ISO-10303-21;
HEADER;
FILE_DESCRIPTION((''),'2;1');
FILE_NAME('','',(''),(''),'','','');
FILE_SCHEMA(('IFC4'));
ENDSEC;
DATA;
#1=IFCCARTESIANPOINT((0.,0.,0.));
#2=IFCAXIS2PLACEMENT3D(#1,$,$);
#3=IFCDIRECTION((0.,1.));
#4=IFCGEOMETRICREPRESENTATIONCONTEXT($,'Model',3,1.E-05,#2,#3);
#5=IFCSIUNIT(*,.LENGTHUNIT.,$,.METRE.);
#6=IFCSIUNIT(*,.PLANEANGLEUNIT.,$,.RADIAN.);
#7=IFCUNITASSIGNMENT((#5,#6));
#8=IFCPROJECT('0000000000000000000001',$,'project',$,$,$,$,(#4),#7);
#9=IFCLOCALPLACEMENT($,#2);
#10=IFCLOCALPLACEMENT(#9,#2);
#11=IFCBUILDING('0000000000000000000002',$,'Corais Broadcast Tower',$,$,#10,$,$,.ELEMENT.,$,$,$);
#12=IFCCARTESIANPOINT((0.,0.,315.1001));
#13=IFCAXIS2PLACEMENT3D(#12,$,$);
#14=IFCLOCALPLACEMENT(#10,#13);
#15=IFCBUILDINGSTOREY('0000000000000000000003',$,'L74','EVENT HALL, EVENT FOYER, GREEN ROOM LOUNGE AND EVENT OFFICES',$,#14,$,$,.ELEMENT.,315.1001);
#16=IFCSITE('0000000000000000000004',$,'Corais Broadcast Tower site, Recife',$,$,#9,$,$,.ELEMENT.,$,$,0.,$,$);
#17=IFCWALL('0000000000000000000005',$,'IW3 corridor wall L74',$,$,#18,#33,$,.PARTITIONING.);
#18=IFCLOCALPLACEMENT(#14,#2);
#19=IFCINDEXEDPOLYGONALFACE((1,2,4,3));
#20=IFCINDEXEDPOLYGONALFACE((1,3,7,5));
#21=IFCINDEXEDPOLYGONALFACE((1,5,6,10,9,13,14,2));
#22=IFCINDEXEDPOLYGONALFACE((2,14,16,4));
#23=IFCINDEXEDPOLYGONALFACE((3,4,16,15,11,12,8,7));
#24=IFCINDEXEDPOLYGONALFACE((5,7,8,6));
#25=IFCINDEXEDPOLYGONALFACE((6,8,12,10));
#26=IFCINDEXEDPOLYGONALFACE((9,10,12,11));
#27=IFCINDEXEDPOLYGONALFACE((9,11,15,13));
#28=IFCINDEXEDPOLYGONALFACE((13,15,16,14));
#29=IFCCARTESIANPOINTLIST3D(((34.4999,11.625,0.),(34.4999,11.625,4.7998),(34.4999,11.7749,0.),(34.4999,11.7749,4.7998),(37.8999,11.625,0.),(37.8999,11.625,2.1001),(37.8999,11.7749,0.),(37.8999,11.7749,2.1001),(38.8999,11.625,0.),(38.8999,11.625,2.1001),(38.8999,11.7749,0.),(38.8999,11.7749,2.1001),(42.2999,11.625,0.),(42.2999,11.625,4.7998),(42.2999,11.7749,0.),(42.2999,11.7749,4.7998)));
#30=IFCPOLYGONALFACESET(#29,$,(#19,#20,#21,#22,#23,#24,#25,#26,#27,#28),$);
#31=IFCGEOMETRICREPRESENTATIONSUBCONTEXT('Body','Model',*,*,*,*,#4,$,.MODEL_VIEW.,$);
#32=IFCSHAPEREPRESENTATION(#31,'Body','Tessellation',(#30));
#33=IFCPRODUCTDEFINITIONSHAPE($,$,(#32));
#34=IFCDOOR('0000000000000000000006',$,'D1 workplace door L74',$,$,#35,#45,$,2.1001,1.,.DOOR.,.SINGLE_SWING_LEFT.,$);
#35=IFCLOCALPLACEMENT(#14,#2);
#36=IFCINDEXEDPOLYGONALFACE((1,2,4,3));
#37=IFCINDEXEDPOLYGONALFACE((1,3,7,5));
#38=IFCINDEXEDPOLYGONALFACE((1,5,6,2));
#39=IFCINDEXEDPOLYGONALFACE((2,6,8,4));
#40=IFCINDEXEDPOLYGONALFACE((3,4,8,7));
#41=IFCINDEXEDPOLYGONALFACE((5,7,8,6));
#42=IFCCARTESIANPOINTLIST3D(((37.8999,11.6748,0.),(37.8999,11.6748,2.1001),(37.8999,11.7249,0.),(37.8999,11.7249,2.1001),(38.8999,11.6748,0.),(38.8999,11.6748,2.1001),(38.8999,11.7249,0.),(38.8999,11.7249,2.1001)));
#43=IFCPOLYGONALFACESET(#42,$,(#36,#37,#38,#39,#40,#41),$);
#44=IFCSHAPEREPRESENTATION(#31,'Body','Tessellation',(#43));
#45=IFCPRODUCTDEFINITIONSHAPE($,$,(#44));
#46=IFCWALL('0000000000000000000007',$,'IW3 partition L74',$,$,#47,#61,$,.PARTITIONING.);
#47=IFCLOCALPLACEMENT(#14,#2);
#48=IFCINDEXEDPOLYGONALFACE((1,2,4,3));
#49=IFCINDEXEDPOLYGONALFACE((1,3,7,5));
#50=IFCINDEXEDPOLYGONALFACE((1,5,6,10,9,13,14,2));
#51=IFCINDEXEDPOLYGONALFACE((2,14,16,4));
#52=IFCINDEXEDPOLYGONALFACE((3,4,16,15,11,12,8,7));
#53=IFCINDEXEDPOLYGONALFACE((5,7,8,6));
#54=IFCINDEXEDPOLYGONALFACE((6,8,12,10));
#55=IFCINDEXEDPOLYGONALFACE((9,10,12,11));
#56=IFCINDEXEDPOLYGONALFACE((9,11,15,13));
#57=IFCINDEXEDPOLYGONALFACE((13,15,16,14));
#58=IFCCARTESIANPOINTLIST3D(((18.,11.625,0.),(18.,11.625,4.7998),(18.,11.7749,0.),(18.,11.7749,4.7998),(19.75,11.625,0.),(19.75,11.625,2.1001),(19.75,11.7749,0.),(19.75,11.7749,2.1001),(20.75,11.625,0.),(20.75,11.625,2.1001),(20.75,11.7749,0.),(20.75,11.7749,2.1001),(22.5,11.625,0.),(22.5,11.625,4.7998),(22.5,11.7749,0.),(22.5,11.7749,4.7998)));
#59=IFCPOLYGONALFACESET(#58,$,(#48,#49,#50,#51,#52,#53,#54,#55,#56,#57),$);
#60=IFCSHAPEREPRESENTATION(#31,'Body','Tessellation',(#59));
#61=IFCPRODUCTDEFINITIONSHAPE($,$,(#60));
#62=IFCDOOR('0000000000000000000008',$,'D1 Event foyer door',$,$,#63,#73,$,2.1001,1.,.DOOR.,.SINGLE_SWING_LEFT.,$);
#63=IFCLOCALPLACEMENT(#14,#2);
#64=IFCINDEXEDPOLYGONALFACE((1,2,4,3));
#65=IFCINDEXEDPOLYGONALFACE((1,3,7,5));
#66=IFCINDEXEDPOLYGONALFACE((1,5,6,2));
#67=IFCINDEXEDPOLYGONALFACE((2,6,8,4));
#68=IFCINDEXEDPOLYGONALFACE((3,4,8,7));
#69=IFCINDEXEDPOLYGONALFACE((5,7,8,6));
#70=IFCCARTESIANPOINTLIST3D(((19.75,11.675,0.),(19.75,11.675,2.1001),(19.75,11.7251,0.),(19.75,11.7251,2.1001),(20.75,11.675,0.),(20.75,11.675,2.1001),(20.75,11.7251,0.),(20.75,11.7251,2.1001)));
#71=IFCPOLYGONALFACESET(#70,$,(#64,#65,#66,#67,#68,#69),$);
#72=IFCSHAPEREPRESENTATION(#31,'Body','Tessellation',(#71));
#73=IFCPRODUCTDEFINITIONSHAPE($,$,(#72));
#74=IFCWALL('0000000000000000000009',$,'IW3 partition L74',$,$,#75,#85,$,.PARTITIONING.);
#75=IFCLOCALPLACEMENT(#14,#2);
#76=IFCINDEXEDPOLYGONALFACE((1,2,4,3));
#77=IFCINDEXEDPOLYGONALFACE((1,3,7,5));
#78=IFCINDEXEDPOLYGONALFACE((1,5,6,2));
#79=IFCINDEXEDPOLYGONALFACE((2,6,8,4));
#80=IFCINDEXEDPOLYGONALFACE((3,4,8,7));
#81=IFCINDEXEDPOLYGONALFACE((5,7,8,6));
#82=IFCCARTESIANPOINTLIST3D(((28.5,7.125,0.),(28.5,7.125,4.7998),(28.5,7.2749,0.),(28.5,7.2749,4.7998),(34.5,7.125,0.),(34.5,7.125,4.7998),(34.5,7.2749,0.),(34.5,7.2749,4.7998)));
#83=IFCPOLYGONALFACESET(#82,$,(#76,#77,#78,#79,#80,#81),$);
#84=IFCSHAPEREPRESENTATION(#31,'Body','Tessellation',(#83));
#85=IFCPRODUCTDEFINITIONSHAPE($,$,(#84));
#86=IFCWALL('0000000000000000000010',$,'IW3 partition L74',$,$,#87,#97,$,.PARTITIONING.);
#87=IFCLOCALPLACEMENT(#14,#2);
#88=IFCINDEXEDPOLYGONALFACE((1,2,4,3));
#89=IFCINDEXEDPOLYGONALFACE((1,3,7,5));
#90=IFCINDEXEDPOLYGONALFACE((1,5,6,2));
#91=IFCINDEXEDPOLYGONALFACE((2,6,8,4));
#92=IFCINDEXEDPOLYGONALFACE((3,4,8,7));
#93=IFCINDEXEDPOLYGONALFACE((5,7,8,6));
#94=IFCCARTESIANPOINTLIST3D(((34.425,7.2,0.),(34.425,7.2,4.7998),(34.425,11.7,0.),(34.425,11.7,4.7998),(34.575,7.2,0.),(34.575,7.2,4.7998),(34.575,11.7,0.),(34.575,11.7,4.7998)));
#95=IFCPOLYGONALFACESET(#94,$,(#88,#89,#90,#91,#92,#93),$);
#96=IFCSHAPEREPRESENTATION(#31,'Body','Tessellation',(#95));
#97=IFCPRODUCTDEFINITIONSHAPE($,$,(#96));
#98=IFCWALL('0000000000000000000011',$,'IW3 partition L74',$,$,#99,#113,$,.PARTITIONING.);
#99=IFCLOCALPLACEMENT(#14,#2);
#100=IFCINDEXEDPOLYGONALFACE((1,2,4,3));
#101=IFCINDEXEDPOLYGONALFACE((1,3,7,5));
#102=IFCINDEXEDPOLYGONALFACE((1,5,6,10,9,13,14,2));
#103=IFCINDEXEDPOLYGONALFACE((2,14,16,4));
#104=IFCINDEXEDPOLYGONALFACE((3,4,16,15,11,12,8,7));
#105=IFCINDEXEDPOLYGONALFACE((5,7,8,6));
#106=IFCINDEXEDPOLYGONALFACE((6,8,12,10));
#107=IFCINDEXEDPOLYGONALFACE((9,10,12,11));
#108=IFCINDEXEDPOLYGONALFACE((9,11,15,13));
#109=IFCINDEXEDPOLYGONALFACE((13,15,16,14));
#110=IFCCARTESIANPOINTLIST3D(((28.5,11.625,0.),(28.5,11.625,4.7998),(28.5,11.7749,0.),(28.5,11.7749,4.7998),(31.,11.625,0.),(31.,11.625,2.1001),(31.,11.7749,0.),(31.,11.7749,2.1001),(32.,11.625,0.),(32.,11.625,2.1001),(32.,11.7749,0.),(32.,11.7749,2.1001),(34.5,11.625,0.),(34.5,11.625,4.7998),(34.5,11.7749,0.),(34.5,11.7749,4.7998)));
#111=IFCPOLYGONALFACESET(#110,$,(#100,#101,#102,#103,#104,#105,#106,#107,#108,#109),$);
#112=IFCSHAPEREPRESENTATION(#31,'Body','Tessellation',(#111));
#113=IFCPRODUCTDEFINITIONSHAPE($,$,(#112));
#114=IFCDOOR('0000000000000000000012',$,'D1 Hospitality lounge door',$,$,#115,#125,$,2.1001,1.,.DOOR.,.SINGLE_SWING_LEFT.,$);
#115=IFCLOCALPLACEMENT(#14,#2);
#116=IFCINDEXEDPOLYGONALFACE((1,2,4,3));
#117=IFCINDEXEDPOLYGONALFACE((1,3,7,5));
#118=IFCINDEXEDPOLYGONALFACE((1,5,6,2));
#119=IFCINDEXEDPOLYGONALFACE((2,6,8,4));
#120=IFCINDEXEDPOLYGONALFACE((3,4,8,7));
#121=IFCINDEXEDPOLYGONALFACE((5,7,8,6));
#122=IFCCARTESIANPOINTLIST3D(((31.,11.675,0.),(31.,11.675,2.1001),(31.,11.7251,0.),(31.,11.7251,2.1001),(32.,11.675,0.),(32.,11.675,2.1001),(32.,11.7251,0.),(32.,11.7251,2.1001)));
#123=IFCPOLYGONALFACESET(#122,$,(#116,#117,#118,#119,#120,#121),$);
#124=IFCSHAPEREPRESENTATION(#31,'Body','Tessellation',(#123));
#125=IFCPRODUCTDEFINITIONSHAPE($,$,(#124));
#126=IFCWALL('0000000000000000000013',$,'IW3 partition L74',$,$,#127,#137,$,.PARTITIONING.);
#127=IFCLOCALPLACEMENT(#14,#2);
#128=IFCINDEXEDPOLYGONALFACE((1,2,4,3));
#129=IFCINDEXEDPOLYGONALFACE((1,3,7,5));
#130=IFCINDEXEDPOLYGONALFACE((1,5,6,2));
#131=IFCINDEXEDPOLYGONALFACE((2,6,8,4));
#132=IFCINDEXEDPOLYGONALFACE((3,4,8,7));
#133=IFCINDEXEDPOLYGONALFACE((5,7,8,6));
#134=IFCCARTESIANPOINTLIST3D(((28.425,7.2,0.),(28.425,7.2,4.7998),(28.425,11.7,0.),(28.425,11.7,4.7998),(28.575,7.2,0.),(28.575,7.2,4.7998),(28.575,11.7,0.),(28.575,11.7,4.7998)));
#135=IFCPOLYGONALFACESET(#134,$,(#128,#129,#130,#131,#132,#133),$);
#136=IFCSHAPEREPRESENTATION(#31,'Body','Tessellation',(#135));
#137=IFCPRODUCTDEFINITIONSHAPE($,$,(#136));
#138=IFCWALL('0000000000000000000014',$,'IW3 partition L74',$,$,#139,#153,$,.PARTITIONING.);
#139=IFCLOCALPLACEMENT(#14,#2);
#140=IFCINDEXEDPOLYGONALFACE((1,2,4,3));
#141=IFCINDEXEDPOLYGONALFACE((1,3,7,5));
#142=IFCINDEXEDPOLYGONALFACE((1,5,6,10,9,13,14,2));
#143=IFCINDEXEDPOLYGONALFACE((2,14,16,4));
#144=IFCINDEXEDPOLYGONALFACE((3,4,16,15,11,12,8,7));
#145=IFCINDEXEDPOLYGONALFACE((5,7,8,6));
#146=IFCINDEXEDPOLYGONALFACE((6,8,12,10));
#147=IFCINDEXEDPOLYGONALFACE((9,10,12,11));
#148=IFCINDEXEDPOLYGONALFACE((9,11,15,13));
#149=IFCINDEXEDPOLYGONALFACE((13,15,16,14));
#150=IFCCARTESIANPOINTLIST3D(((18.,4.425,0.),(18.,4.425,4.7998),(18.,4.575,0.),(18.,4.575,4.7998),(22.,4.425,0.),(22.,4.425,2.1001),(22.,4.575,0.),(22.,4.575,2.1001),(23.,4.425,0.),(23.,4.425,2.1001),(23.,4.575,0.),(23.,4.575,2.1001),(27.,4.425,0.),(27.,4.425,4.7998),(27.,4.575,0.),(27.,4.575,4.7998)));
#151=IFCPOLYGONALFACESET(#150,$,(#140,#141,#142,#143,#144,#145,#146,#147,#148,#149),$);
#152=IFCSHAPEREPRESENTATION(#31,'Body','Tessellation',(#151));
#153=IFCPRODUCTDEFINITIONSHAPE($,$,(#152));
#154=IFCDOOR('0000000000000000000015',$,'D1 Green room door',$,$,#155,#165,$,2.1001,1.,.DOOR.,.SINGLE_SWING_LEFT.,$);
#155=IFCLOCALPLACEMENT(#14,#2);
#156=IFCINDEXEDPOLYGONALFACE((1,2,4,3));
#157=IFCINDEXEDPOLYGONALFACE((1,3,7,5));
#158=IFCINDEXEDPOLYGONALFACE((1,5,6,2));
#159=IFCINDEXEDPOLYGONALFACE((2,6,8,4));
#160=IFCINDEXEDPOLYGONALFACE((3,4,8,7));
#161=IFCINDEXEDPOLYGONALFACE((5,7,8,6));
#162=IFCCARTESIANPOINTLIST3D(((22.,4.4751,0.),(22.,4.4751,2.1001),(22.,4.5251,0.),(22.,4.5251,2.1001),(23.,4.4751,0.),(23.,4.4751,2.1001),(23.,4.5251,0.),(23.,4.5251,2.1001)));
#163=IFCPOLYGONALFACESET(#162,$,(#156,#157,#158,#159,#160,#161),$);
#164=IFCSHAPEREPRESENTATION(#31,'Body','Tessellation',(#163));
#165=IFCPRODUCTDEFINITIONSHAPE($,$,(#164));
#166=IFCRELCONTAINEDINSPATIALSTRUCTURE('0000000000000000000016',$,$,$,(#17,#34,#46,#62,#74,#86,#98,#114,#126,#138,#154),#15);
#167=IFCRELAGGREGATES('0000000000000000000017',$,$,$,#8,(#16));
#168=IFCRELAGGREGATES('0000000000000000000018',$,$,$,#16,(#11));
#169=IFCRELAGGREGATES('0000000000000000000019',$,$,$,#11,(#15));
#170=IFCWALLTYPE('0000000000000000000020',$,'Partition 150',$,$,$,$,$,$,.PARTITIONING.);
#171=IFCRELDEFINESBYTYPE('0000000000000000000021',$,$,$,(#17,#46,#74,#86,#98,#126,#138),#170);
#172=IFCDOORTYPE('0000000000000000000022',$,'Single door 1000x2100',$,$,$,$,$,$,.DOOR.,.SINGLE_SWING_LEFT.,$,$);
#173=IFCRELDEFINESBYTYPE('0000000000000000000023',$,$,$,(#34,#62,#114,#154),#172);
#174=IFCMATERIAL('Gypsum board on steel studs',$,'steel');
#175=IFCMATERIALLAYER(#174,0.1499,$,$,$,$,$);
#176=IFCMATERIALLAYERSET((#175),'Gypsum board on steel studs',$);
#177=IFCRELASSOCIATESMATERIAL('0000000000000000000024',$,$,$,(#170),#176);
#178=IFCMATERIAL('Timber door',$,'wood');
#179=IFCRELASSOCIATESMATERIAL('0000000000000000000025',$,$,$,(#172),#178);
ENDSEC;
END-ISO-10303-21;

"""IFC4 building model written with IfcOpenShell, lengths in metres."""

from ifc_helpers import new_model, si_unit, direction, frame, frame_2d, origin, place, context, subcontext, project, spatial, rectangle, extrude, material, layer, layer_set, type_object, element, fill, save


model = new_model("IFC4")

# Units and contexts
model_context = context("Model", 3, precision=1e-05, world=origin(), true_north=direction((0.0, 1.0)))
body_context = subcontext(model_context, "Body", "Model", "MODEL_VIEW")
ifc_project = project(units=[si_unit("LENGTHUNIT", "METRE"), si_unit("PLANEANGLEUNIT", "RADIAN")], contexts=[model_context])

# Site, building, storey
site_placement = place(None, origin())
site = spatial("IfcSite", under=ifc_project, at=site_placement, Name="Corais Broadcast Tower site, Recife", CompositionType="ELEMENT", RefElevation=0.0)
building_placement = place(site_placement, origin())
building = spatial("IfcBuilding", under=site, at=building_placement, Name="Corais Broadcast Tower", CompositionType="ELEMENT")
storey_placement = place(building_placement, frame((0.0, 0.0, 315.1001)))
storey = spatial("IfcBuildingStorey", under=building, at=storey_placement, Name="L74", Description="EVENT HALL, EVENT FOYER, GREEN ROOM LOUNGE AND EVENT OFFICES", CompositionType="ELEMENT", Elevation=315.1001)

# Walls, openings, doors
ifc_material_1 = material(Name="Gypsum board on steel studs", Category="steel")
ifc_layer_1 = layer(ifc_material_1, 0.1499)
ifc_layer_set_1 = layer_set([ifc_layer_1], Name="Gypsum board on steel studs")
wall_type_1 = type_object("IfcWallType", Name="Partition 150", PredefinedType="PARTITIONING", material=ifc_layer_set_1)
wall_1_placement = place(storey_placement, frame((34.5, 11.7, 0.0), z_axis=(0.0, 0.0, 1.0), x_axis=(1.0, 0.0, 0.0)))
wall_1 = element("IfcWall", 1, at=wall_1_placement, inside=storey, type_object=wall_type_1, Name="IW3 corridor wall L74", PredefinedType="PARTITIONING", context=body_context, shape_type="SweptSolid", body=[
    extrude(rectangle(XDim=7.8, YDim=0.1499, at=frame_2d((3.8999, 0.0))), origin(), (0.0, 0.0, 1.0), 4.7998),
])
opening_1_placement = place(wall_1_placement, frame((3.3999, 0.0, 0.0)))
opening_1 = element("IfcOpeningElement", 2, at=opening_1_placement, cuts=wall_1, PredefinedType="OPENING", context=body_context, shape_type="SweptSolid", body=[
    extrude(rectangle(XDim=1.0, YDim=2.1001, at=frame_2d((0.5, 1.05))), frame((0.0, 0.085, 0.0), z_axis=(0.0, -1.0, 0.0), x_axis=(1.0, 0.0, 0.0)), (0.0, 0.0, 1.0), 0.1699),
])
ifc_material_2 = material(Name="Timber door", Category="wood")
door_type = type_object("IfcDoorType", Name="Single door 1000x2100", OperationType="SINGLE_SWING_LEFT", PredefinedType="DOOR", material=ifc_material_2)
door_1_placement = place(opening_1_placement, origin())
door_1 = element("IfcDoor", 3, at=door_1_placement, inside=storey, type_object=door_type, Name="D1 workplace door L74", OperationType="SINGLE_SWING_LEFT", OverallHeight=2.1001, OverallWidth=1.0, PredefinedType="DOOR", context=body_context, shape_type="SweptSolid", body=[
    extrude(rectangle(XDim=1.0, YDim=2.1001, at=frame_2d((0.5, 1.05))), frame((0.0, 0.0249, 0.0), z_axis=(0.0, -1.0, 0.0), x_axis=(1.0, 0.0, 0.0)), (0.0, 0.0, 1.0), 0.05),
])
fill(opening_1, door_1)
wall_2_placement = place(storey_placement, frame((22.5, 11.7, 0.0), z_axis=(0.0, 0.0, 1.0), x_axis=(-1.0, 0.0, 0.0)))
wall_2 = element("IfcWall", 4, at=wall_2_placement, inside=storey, type_object=wall_type_1, Name="IW3 partition L74", PredefinedType="PARTITIONING", context=body_context, shape_type="SweptSolid", body=[
    extrude(rectangle(XDim=4.5, YDim=0.1499, at=frame_2d((2.25, 0.0))), origin(), (0.0, 0.0, 1.0), 4.7998),
])
opening_2_placement = place(wall_2_placement, frame((1.75, 0.0, 0.0)))
opening_2 = element("IfcOpeningElement", 5, at=opening_2_placement, cuts=wall_2, PredefinedType="OPENING", context=body_context, shape_type="SweptSolid", body=[
    extrude(rectangle(XDim=1.0, YDim=2.1001, at=frame_2d((0.5, 1.05))), frame((0.0, 0.085, 0.0), z_axis=(0.0, -1.0, 0.0), x_axis=(1.0, 0.0, 0.0)), (0.0, 0.0, 1.0), 0.1699),
])
door_2_placement = place(opening_2_placement, origin())
door_2 = element("IfcDoor", 6, at=door_2_placement, inside=storey, type_object=door_type, Name="D1 Event foyer door", OperationType="SINGLE_SWING_LEFT", OverallHeight=2.1001, OverallWidth=1.0, PredefinedType="DOOR", context=body_context, shape_type="SweptSolid", body=[
    extrude(rectangle(XDim=1.0, YDim=2.1001, at=frame_2d((0.5, 1.05))), frame((0.0, 0.0249, 0.0), z_axis=(0.0, -1.0, 0.0), x_axis=(1.0, 0.0, 0.0)), (0.0, 0.0, 1.0), 0.05),
])
fill(opening_2, door_2)

# Walls
wall_3_placement = place(storey_placement, frame((28.5, 7.2, 0.0), z_axis=(0.0, 0.0, 1.0), x_axis=(1.0, 0.0, 0.0)))
element("IfcWall", 7, at=wall_3_placement, inside=storey, type_object=wall_type_1, Name="IW3 partition L74", PredefinedType="PARTITIONING", context=body_context, shape_type="SweptSolid", body=[
    extrude(rectangle(XDim=6.0, YDim=0.1499, at=frame_2d((3.0, 0.0))), origin(), (0.0, 0.0, 1.0), 4.7998),
])
wall_4_placement = place(storey_placement, frame((34.5, 7.2, 0.0), z_axis=(0.0, 0.0, 1.0), x_axis=(0.0, 1.0, 0.0)))
element("IfcWall", 8, at=wall_4_placement, inside=storey, type_object=wall_type_1, Name="IW3 partition L74", PredefinedType="PARTITIONING", context=body_context, shape_type="SweptSolid", body=[
    extrude(rectangle(XDim=4.5, YDim=0.1499, at=frame_2d((2.25, 0.0))), origin(), (0.0, 0.0, 1.0), 4.7998),
])

# Wall, opening, door
wall_5_placement = place(storey_placement, frame((34.5, 11.7, 0.0), z_axis=(0.0, 0.0, 1.0), x_axis=(-1.0, 0.0, 0.0)))
wall_5 = element("IfcWall", 9, at=wall_5_placement, inside=storey, type_object=wall_type_1, Name="IW3 partition L74", PredefinedType="PARTITIONING", context=body_context, shape_type="SweptSolid", body=[
    extrude(rectangle(XDim=6.0, YDim=0.1499, at=frame_2d((3.0, 0.0))), origin(), (0.0, 0.0, 1.0), 4.7998),
])
opening_3_placement = place(wall_5_placement, frame((2.5, 0.0, 0.0)))
opening_3 = element("IfcOpeningElement", 10, at=opening_3_placement, cuts=wall_5, PredefinedType="OPENING", context=body_context, shape_type="SweptSolid", body=[
    extrude(rectangle(XDim=1.0, YDim=2.1001, at=frame_2d((0.5, 1.05))), frame((0.0, 0.085, 0.0), z_axis=(0.0, -1.0, 0.0), x_axis=(1.0, 0.0, 0.0)), (0.0, 0.0, 1.0), 0.1699),
])
door_3_placement = place(opening_3_placement, origin())
door_3 = element("IfcDoor", 11, at=door_3_placement, inside=storey, type_object=door_type, Name="D1 Hospitality lounge door", OperationType="SINGLE_SWING_LEFT", OverallHeight=2.1001, OverallWidth=1.0, PredefinedType="DOOR", context=body_context, shape_type="SweptSolid", body=[
    extrude(rectangle(XDim=1.0, YDim=2.1001, at=frame_2d((0.5, 1.05))), frame((0.0, 0.0249, 0.0), z_axis=(0.0, -1.0, 0.0), x_axis=(1.0, 0.0, 0.0)), (0.0, 0.0, 1.0), 0.05),
])
fill(opening_3, door_3)

# Wall
wall_6_placement = place(storey_placement, frame((28.5, 11.7, 0.0), z_axis=(0.0, 0.0, 1.0), x_axis=(0.0, -1.0, 0.0)))
element("IfcWall", 12, at=wall_6_placement, inside=storey, type_object=wall_type_1, Name="IW3 partition L74", PredefinedType="PARTITIONING", context=body_context, shape_type="SweptSolid", body=[
    extrude(rectangle(XDim=4.5, YDim=0.1499, at=frame_2d((2.25, 0.0))), origin(), (0.0, 0.0, 1.0), 4.7998),
])

# Wall, opening, door
wall_7_placement = place(storey_placement, frame((27.0, 4.5, 0.0), z_axis=(0.0, 0.0, 1.0), x_axis=(-1.0, 0.0, 0.0)))
wall_7 = element("IfcWall", 13, at=wall_7_placement, inside=storey, type_object=wall_type_1, Name="IW3 partition L74", PredefinedType="PARTITIONING", context=body_context, shape_type="SweptSolid", body=[
    extrude(rectangle(XDim=9.0, YDim=0.1499, at=frame_2d((4.5, 0.0))), origin(), (0.0, 0.0, 1.0), 4.7998),
])
opening_4_placement = place(wall_7_placement, frame((4.0, 0.0, 0.0)))
opening_4 = element("IfcOpeningElement", 14, at=opening_4_placement, cuts=wall_7, PredefinedType="OPENING", context=body_context, shape_type="SweptSolid", body=[
    extrude(rectangle(XDim=1.0, YDim=2.1001, at=frame_2d((0.5, 1.05))), frame((0.0, 0.085, 0.0), z_axis=(0.0, -1.0, 0.0), x_axis=(1.0, 0.0, 0.0)), (0.0, 0.0, 1.0), 0.1699),
])
door_4_placement = place(opening_4_placement, origin())
door_4 = element("IfcDoor", 15, at=door_4_placement, inside=storey, type_object=door_type, Name="D1 Green room door", OperationType="SINGLE_SWING_LEFT", OverallHeight=2.1001, OverallWidth=1.0, PredefinedType="DOOR", context=body_context, shape_type="SweptSolid", body=[
    extrude(rectangle(XDim=1.0, YDim=2.1001, at=frame_2d((0.5, 1.05))), frame((0.0, 0.0249, 0.0), z_axis=(0.0, -1.0, 0.0), x_axis=(1.0, 0.0, 0.0)), (0.0, 0.0, 1.0), 0.05),
])
fill(opening_4, door_4)

save(model, "model.ifc")
